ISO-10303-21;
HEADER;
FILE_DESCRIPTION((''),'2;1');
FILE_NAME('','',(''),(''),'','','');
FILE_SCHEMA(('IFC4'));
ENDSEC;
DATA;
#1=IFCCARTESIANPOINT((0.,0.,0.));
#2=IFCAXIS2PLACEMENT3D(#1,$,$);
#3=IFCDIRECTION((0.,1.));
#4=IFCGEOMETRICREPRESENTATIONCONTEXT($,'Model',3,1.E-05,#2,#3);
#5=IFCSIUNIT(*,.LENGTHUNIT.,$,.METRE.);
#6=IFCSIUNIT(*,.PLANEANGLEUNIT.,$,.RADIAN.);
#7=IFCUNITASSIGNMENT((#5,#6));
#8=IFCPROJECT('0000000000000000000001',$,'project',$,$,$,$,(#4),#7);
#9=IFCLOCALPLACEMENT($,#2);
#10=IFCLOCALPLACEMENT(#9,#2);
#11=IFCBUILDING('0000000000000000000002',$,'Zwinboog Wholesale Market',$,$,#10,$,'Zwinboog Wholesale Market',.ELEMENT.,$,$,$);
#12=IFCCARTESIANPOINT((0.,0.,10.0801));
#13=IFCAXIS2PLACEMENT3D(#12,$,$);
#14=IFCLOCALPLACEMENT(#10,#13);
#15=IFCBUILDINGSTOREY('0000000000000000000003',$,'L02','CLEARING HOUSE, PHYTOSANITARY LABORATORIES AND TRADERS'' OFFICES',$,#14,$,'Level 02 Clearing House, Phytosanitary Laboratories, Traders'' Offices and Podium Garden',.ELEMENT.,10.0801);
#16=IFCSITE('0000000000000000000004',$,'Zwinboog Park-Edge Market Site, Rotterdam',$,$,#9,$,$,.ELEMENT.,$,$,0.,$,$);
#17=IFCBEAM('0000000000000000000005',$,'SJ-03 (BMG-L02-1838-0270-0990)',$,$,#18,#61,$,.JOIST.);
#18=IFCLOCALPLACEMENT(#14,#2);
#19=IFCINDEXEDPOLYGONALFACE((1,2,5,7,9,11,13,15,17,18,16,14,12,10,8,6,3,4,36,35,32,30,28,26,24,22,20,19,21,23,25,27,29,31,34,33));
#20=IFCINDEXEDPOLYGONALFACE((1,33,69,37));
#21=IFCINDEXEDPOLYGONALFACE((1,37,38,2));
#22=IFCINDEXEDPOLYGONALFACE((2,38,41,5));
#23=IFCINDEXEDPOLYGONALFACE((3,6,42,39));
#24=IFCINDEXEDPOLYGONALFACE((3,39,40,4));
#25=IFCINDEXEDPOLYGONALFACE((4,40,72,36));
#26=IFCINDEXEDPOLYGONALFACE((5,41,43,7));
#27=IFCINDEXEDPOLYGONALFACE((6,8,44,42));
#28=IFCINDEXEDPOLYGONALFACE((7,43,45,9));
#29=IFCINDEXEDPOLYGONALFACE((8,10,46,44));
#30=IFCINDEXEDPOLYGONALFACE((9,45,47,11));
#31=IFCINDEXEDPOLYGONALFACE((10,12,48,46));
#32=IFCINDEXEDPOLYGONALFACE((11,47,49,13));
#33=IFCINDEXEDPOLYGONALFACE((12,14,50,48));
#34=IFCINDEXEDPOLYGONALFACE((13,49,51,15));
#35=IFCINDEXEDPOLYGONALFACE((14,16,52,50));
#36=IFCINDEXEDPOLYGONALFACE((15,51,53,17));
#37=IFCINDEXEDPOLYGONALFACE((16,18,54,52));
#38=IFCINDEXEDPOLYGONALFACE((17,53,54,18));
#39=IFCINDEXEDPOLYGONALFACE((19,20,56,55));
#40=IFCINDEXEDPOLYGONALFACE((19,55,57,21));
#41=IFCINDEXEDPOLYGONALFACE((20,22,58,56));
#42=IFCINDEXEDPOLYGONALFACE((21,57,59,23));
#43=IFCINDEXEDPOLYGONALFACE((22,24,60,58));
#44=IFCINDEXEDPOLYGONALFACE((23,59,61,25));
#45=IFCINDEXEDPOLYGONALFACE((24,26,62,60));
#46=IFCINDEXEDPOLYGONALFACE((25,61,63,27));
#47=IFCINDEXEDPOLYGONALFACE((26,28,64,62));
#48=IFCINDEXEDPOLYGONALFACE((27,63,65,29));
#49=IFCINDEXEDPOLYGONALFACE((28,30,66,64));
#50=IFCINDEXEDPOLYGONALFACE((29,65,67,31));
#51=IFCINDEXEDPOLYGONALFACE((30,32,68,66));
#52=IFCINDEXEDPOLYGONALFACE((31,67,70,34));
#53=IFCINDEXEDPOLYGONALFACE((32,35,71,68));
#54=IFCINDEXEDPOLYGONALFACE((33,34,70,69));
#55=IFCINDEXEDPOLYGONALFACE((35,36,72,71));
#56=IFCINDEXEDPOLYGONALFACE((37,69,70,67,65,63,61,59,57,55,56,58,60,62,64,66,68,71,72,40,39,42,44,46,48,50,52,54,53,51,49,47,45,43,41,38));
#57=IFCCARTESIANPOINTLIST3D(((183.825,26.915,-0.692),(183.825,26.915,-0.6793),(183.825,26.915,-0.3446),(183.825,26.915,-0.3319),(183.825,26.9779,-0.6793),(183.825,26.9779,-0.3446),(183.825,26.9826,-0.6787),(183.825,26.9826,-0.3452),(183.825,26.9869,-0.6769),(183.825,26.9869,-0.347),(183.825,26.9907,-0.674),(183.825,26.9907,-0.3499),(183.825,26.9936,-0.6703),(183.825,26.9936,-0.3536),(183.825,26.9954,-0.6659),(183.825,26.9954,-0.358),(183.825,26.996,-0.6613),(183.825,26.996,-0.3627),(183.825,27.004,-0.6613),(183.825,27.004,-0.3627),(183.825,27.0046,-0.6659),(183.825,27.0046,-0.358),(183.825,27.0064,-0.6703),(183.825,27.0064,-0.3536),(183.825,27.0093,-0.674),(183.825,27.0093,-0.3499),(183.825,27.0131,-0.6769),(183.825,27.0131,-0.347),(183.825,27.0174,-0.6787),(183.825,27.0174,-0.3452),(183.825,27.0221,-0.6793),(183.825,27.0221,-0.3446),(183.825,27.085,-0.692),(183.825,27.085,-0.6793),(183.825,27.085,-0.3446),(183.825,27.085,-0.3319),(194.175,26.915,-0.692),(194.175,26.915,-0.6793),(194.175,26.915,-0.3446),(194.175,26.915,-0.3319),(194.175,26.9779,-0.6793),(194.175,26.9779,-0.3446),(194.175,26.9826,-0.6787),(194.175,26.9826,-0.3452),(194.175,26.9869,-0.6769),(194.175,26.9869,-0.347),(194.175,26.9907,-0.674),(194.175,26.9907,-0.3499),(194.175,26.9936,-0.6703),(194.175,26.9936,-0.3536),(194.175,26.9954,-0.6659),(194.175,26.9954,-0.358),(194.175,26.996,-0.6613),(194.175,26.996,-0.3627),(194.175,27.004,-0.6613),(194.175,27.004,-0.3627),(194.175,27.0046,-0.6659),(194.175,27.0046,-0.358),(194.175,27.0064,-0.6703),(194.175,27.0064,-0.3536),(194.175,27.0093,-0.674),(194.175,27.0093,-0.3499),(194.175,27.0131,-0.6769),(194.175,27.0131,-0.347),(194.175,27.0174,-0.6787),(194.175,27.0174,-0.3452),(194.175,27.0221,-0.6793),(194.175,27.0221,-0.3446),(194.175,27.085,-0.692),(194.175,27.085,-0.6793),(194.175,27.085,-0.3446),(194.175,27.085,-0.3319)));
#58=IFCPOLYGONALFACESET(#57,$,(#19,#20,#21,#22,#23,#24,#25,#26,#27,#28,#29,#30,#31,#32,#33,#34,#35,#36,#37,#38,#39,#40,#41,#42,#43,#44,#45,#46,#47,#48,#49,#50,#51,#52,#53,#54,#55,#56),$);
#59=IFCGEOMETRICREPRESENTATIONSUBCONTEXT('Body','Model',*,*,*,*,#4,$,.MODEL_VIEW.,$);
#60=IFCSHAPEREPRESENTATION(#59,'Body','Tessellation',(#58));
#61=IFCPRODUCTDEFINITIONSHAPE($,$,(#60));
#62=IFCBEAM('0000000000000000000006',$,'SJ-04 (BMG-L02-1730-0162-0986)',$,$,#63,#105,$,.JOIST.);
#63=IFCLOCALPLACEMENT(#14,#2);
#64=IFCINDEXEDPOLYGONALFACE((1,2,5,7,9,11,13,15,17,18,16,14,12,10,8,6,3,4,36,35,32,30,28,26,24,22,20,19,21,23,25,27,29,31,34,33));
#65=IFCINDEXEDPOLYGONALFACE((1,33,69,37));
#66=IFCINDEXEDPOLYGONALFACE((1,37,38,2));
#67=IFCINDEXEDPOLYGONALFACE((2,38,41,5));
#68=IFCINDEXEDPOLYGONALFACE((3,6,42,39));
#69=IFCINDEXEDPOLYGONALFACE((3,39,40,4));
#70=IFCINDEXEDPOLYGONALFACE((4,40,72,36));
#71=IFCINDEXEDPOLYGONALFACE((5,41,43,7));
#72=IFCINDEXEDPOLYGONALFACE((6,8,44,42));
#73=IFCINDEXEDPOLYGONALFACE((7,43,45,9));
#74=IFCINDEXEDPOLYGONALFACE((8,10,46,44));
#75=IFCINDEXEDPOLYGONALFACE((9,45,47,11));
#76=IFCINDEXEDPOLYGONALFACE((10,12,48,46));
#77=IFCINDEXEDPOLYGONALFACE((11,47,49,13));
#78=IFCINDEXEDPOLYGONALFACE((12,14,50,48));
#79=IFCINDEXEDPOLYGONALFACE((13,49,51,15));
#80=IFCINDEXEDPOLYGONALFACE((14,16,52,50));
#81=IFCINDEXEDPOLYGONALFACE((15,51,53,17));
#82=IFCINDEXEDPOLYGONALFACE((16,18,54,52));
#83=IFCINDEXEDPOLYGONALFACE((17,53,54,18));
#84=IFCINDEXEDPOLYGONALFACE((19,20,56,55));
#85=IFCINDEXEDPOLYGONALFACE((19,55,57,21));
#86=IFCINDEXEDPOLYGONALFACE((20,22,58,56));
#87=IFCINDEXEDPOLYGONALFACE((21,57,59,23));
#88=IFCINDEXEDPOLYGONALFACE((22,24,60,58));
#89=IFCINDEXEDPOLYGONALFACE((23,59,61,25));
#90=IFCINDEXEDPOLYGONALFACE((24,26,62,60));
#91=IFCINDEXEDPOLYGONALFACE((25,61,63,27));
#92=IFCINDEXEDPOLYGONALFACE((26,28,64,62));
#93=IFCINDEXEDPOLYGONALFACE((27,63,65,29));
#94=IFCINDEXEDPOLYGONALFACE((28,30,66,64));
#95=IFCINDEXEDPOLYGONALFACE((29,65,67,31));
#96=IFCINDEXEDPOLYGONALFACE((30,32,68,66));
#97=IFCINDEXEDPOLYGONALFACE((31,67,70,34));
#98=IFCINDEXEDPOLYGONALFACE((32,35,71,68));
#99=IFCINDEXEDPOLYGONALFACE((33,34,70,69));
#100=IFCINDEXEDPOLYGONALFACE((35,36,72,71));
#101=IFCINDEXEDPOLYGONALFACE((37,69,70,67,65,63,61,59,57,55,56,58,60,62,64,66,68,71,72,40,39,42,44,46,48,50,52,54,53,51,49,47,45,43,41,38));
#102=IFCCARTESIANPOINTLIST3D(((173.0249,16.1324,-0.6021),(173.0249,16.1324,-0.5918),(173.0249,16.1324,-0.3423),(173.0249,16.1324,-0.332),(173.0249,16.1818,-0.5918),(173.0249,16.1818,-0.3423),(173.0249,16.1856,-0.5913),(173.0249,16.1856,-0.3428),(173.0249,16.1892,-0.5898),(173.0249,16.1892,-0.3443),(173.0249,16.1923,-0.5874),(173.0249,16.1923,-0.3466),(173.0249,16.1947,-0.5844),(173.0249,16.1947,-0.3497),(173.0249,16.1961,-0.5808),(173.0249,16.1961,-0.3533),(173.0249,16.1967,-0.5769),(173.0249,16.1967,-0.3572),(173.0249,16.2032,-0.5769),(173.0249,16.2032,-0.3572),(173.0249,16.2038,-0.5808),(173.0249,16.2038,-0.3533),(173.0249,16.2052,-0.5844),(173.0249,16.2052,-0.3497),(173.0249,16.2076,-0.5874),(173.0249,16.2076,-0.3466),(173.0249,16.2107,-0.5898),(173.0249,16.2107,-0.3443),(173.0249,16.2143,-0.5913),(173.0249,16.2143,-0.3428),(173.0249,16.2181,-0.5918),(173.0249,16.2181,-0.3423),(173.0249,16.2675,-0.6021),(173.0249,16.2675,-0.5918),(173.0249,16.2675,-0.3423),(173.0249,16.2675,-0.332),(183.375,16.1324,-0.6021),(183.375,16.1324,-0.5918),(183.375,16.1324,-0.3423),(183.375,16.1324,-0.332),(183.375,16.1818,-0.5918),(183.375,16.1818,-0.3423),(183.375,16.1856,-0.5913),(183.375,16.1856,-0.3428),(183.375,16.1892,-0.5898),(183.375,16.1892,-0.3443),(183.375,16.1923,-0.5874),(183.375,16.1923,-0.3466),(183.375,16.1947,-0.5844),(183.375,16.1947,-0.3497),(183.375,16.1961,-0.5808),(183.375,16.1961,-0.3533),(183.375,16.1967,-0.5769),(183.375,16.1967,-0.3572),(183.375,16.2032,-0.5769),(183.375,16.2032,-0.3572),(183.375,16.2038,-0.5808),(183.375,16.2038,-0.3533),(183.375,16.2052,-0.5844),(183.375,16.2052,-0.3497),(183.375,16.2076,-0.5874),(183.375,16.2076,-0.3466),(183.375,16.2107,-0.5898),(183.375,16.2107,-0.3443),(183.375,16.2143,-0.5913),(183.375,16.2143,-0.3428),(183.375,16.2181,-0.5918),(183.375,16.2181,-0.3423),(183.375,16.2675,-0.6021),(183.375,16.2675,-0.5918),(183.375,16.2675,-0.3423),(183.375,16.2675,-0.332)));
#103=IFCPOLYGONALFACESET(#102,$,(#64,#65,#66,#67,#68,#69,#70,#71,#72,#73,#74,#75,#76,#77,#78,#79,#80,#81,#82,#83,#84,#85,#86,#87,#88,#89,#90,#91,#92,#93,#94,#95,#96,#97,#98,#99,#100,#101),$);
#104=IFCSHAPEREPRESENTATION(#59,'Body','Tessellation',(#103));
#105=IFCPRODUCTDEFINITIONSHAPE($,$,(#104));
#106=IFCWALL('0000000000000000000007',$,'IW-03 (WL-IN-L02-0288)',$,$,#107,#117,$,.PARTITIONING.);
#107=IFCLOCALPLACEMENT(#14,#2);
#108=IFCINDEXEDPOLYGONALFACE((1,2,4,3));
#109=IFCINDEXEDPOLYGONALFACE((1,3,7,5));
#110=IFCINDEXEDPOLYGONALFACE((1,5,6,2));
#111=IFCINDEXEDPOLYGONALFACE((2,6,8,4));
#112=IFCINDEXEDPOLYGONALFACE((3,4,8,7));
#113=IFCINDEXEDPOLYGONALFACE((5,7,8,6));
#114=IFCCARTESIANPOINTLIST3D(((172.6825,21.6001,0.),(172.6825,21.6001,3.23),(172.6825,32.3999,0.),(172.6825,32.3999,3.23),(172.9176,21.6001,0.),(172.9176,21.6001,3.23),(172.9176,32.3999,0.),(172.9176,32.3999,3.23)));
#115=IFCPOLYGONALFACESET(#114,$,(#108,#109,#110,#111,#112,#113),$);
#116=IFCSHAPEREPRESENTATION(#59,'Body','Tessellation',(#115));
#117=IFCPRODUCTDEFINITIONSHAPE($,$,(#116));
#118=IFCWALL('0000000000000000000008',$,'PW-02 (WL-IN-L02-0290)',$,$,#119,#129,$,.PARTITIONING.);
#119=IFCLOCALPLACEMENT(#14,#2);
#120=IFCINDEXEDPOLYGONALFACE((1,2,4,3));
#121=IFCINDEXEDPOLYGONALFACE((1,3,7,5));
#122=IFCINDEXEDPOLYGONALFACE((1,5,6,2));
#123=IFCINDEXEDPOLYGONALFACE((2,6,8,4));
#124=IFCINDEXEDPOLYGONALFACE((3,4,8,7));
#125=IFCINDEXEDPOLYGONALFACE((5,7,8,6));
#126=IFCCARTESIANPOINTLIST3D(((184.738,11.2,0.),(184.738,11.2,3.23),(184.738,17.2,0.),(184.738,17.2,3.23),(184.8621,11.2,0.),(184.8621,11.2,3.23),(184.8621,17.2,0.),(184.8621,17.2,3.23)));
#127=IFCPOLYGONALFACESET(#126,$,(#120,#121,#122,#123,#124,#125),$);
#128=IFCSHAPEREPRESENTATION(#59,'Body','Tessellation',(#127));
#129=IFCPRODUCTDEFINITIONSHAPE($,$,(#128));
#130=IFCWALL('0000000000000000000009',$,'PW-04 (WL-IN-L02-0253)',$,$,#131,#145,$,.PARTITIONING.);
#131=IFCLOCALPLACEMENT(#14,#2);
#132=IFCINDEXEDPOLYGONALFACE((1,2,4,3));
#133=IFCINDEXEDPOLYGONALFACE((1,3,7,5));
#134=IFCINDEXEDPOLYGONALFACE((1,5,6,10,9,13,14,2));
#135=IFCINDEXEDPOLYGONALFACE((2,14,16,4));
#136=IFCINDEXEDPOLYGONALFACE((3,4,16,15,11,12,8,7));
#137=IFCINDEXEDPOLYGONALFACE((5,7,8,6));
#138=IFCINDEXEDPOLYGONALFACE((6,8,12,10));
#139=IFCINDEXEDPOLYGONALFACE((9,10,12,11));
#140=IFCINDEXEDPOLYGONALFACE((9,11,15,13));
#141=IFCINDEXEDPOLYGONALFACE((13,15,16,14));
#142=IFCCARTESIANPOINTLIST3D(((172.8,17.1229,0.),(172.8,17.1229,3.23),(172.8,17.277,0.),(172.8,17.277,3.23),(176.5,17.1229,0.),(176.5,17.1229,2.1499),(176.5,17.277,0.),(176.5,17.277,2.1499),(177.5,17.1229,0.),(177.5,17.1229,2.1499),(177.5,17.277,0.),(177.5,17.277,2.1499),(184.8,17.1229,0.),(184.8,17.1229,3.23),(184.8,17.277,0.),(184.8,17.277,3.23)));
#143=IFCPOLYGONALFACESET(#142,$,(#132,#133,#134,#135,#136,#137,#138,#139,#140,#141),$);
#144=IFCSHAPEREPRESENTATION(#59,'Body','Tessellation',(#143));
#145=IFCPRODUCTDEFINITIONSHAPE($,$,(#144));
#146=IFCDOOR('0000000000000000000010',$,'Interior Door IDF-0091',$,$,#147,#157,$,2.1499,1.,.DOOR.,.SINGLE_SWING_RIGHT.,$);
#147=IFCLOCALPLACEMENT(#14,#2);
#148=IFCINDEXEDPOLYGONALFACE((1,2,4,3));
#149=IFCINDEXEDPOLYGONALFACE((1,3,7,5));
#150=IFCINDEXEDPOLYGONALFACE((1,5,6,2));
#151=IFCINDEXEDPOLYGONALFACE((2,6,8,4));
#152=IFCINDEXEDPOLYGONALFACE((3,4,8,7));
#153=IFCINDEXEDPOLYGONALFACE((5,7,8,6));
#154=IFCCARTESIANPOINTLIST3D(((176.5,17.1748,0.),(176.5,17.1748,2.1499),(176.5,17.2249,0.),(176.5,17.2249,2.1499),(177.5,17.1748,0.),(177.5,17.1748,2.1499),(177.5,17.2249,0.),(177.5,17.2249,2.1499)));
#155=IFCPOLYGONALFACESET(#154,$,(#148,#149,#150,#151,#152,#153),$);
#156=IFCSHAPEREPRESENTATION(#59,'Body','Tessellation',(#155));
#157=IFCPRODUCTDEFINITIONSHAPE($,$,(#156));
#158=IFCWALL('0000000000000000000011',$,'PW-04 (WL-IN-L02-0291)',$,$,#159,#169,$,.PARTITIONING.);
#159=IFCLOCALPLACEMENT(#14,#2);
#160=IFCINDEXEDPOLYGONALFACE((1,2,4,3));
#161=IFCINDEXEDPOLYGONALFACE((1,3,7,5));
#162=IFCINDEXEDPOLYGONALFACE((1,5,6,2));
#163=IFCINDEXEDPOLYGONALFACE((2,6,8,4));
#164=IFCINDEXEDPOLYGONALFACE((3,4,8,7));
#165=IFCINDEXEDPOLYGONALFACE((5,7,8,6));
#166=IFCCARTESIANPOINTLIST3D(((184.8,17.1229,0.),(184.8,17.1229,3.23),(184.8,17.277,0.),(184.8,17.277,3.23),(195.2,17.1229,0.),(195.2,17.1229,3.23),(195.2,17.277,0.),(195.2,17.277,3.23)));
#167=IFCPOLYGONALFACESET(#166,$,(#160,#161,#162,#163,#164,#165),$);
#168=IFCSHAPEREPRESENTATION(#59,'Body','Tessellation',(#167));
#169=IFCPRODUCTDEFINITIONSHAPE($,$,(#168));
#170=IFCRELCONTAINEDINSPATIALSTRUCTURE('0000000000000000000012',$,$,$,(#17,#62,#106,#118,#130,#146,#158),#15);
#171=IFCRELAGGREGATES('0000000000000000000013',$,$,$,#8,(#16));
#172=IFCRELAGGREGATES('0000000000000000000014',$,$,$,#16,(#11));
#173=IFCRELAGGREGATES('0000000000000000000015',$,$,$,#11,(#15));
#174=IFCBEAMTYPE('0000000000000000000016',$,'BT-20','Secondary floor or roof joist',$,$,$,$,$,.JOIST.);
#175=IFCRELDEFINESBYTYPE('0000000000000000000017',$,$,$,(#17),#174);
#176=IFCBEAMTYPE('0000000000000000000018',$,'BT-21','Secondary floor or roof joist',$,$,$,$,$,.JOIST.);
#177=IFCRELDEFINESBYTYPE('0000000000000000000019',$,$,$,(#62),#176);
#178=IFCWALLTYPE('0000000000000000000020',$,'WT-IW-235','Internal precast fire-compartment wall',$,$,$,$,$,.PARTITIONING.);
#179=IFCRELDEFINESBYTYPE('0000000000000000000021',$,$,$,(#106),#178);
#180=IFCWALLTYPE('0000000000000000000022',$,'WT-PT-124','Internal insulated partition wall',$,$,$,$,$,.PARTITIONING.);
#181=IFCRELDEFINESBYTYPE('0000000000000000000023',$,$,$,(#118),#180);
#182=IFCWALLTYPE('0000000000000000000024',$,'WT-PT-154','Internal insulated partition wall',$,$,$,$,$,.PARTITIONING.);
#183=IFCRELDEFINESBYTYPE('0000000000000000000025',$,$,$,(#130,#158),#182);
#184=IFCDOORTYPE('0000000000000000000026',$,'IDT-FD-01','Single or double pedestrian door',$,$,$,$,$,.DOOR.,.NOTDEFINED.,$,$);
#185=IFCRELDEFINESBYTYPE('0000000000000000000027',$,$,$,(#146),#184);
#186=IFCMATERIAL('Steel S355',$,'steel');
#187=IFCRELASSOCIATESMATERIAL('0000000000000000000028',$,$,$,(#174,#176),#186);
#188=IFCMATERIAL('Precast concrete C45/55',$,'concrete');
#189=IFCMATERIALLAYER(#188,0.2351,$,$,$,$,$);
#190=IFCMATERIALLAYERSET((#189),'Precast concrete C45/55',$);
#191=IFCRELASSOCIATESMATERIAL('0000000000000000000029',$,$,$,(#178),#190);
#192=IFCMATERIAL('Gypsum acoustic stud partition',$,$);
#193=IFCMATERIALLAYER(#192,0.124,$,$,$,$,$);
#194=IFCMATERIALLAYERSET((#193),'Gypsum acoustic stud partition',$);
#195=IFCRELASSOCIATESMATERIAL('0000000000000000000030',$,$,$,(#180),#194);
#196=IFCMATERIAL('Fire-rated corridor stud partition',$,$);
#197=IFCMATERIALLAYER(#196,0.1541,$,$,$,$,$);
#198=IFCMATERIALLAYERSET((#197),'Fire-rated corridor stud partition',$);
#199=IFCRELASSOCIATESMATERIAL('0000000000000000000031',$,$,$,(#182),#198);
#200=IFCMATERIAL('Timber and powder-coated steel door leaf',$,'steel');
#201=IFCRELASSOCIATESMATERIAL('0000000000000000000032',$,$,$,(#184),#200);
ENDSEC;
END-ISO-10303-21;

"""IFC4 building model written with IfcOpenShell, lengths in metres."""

from ifc_helpers import new_model, si_unit, direction, frame, frame_2d, origin, origin_2d, place, context, subcontext, project, spatial, rectangle, i_section, extrude, material, layer, layer_set, material_profile, profile_set, type_object, element, fill, save


model = new_model("IFC4")

# Units and contexts
model_context = context("Model", 3, precision=1e-05, world=origin(), true_north=direction((0.0, 1.0)))
body_context = subcontext(model_context, "Body", "Model", "MODEL_VIEW")
ifc_project = project(units=[si_unit("LENGTHUNIT", "METRE"), si_unit("PLANEANGLEUNIT", "RADIAN")], contexts=[model_context])

# Site, building, storey
site_placement = place(None, origin())
site = spatial("IfcSite", under=ifc_project, at=site_placement, Name="Zwinboog Park-Edge Market Site, Rotterdam", CompositionType="ELEMENT", RefElevation=0.0)
building_placement = place(site_placement, origin())
building = spatial("IfcBuilding", under=site, at=building_placement, Name="Zwinboog Wholesale Market", LongName="Zwinboog Wholesale Market", CompositionType="ELEMENT")
storey_placement = place(building_placement, frame((0.0, 0.0, 10.0801)))
storey = spatial("IfcBuildingStorey", under=building, at=storey_placement, Name="L02", Description="CLEARING HOUSE, PHYTOSANITARY LABORATORIES AND TRADERS' OFFICES", LongName="Level 02 Clearing House, Phytosanitary Laboratories, Traders' Offices and Podium Garden", CompositionType="ELEMENT", Elevation=10.0801)

# Shared definitions
ifc_material_1 = material(Name="Precast concrete C45/55", Category="concrete")

# Beams
ifc_material_2 = material(Name="Steel S355", Category="steel")
ifc_material_profile_1 = material_profile(ifc_material_2, i_section(OverallWidth=0.1699, OverallDepth=0.3601, WebThickness=0.0081, FlangeThickness=0.0127, FilletRadius=0.0181, at=origin_2d()), Name="IPE 360")
ifc_profile_set_1 = profile_set([ifc_material_profile_1], Name="Steel S355")
beam_type_1 = type_object("IfcBeamType", Name="BT-20", Description="Secondary floor or roof joist", PredefinedType="JOIST", material=ifc_profile_set_1)
beam_1_placement = place(storey_placement, frame((183.825, 27.0, -0.512), z_axis=(1.0, 0.0, 0.0), x_axis=(0.0, 1.0, 0.0)))
element("IfcBeam", 1, at=beam_1_placement, inside=storey, type_object=beam_type_1, Name="SJ-03 (BMG-L02-1838-0270-0990)", PredefinedType="JOIST", context=body_context, shape_type="SweptSolid", body=[
    extrude(i_section(OverallWidth=0.1699, OverallDepth=0.3601, WebThickness=0.0081, FlangeThickness=0.0127, FilletRadius=0.0181, at=origin_2d()), origin(), (0.0, 0.0, 1.0), 10.3501),
])
ifc_material_profile_2 = material_profile(ifc_material_2, i_section(OverallWidth=0.135, OverallDepth=0.27, WebThickness=0.0066, FlangeThickness=0.0103, FilletRadius=0.0149, at=origin_2d()), Name="IPE 270")
ifc_profile_set_2 = profile_set([ifc_material_profile_2], Name="Steel S355")
beam_type_2 = type_object("IfcBeamType", Name="BT-21", Description="Secondary floor or roof joist", PredefinedType="JOIST", material=ifc_profile_set_2)
beam_2_placement = place(storey_placement, frame((173.0249, 16.2, -0.467), z_axis=(1.0, 0.0, 0.0), x_axis=(0.0, 1.0, 0.0)))
element("IfcBeam", 2, at=beam_2_placement, inside=storey, type_object=beam_type_2, Name="SJ-04 (BMG-L02-1730-0162-0986)", PredefinedType="JOIST", context=body_context, shape_type="SweptSolid", body=[
    extrude(i_section(OverallWidth=0.135, OverallDepth=0.27, WebThickness=0.0066, FlangeThickness=0.0103, FilletRadius=0.0149, at=origin_2d()), origin(), (0.0, 0.0, 1.0), 10.3501),
])

# Walls
ifc_layer_1 = layer(ifc_material_1, 0.2351)
ifc_layer_set_1 = layer_set([ifc_layer_1], Name="Precast concrete C45/55")
wall_type_1 = type_object("IfcWallType", Name="WT-IW-235", Description="Internal precast fire-compartment wall", PredefinedType="PARTITIONING", material=ifc_layer_set_1)
wall_1_placement = place(storey_placement, frame((172.8, 21.6001, 0.0), z_axis=(0.0, 0.0, 1.0), x_axis=(0.0, 1.0, 0.0)))
element("IfcWall", 3, at=wall_1_placement, inside=storey, type_object=wall_type_1, Name="IW-03 (WL-IN-L02-0288)", PredefinedType="PARTITIONING", context=body_context, shape_type="SweptSolid", body=[
    extrude(rectangle(XDim=10.7998, YDim=0.2351, at=frame_2d((5.3999, 0.0))), origin(), (0.0, 0.0, 1.0), 3.23),
])
ifc_material_3 = material(Name="Gypsum acoustic stud partition")
ifc_layer_2 = layer(ifc_material_3, 0.124)
ifc_layer_set_2 = layer_set([ifc_layer_2], Name="Gypsum acoustic stud partition")
wall_type_2 = type_object("IfcWallType", Name="WT-PT-124", Description="Internal insulated partition wall", PredefinedType="PARTITIONING", material=ifc_layer_set_2)
wall_2_placement = place(storey_placement, frame((184.8, 11.2, 0.0), z_axis=(0.0, 0.0, 1.0), x_axis=(0.0, 1.0, 0.0)))
element("IfcWall", 4, at=wall_2_placement, inside=storey, type_object=wall_type_2, Name="PW-02 (WL-IN-L02-0290)", PredefinedType="PARTITIONING", context=body_context, shape_type="SweptSolid", body=[
    extrude(rectangle(XDim=6.0, YDim=0.124, at=frame_2d((3.0, 0.0))), origin(), (0.0, 0.0, 1.0), 3.23),
])

# Wall, opening, door
ifc_material_4 = material(Name="Fire-rated corridor stud partition")
ifc_layer_3 = layer(ifc_material_4, 0.1541)
ifc_layer_set_3 = layer_set([ifc_layer_3], Name="Fire-rated corridor stud partition")
wall_type_3 = type_object("IfcWallType", Name="WT-PT-154", Description="Internal insulated partition wall", PredefinedType="PARTITIONING", material=ifc_layer_set_3)
wall_3_placement = place(storey_placement, frame((172.8, 17.2, 0.0), z_axis=(0.0, 0.0, 1.0), x_axis=(1.0, 0.0, 0.0)))
wall_3 = element("IfcWall", 5, at=wall_3_placement, inside=storey, type_object=wall_type_3, Name="PW-04 (WL-IN-L02-0253)", PredefinedType="PARTITIONING", context=body_context, shape_type="SweptSolid", body=[
    extrude(rectangle(XDim=12.0, YDim=0.1541, at=frame_2d((6.0, 0.0))), origin(), (0.0, 0.0, 1.0), 3.23),
])
opening_1_placement = place(wall_3_placement, frame((3.7, 0.0, 0.0)))
opening_1 = element("IfcOpeningElement", 6, at=opening_1_placement, cuts=wall_3, PredefinedType="OPENING", context=body_context, shape_type="SweptSolid", body=[
    extrude(rectangle(XDim=1.0, YDim=2.1499, at=frame_2d((0.5, 1.075))), frame((0.0, 0.0869, 0.0), z_axis=(0.0, -1.0, 0.0), x_axis=(1.0, 0.0, 0.0)), (0.0, 0.0, 1.0), 0.1741),
])
ifc_material_5 = material(Name="Timber and powder-coated steel door leaf", Category="steel")
door_type_1 = type_object("IfcDoorType", Name="IDT-FD-01", Description="Single or double pedestrian door", OperationType="NOTDEFINED", PredefinedType="DOOR", material=ifc_material_5)
door_1_placement = place(opening_1_placement, origin())
door_1 = element("IfcDoor", 7, at=door_1_placement, inside=storey, type_object=door_type_1, Name="Interior Door IDF-0091", OperationType="SINGLE_SWING_RIGHT", OverallHeight=2.1499, OverallWidth=1.0, PredefinedType="DOOR", context=body_context, shape_type="SweptSolid", body=[
    extrude(rectangle(XDim=1.0, YDim=2.1499, at=frame_2d((0.5, 1.075))), frame((0.0, 0.0249, 0.0), z_axis=(0.0, -1.0, 0.0), x_axis=(1.0, 0.0, 0.0)), (0.0, 0.0, 1.0), 0.05),
])
fill(opening_1, door_1)

# Wall
wall_4_placement = place(storey_placement, frame((184.8, 17.2, 0.0), z_axis=(0.0, 0.0, 1.0), x_axis=(1.0, 0.0, 0.0)))
element("IfcWall", 8, at=wall_4_placement, inside=storey, type_object=wall_type_3, Name="PW-04 (WL-IN-L02-0291)", PredefinedType="PARTITIONING", context=body_context, shape_type="SweptSolid", body=[
    extrude(rectangle(XDim=10.3999, YDim=0.1541, at=frame_2d((5.2, 0.0))), origin(), (0.0, 0.0, 1.0), 3.23),
])

save(model, "model.ifc")
